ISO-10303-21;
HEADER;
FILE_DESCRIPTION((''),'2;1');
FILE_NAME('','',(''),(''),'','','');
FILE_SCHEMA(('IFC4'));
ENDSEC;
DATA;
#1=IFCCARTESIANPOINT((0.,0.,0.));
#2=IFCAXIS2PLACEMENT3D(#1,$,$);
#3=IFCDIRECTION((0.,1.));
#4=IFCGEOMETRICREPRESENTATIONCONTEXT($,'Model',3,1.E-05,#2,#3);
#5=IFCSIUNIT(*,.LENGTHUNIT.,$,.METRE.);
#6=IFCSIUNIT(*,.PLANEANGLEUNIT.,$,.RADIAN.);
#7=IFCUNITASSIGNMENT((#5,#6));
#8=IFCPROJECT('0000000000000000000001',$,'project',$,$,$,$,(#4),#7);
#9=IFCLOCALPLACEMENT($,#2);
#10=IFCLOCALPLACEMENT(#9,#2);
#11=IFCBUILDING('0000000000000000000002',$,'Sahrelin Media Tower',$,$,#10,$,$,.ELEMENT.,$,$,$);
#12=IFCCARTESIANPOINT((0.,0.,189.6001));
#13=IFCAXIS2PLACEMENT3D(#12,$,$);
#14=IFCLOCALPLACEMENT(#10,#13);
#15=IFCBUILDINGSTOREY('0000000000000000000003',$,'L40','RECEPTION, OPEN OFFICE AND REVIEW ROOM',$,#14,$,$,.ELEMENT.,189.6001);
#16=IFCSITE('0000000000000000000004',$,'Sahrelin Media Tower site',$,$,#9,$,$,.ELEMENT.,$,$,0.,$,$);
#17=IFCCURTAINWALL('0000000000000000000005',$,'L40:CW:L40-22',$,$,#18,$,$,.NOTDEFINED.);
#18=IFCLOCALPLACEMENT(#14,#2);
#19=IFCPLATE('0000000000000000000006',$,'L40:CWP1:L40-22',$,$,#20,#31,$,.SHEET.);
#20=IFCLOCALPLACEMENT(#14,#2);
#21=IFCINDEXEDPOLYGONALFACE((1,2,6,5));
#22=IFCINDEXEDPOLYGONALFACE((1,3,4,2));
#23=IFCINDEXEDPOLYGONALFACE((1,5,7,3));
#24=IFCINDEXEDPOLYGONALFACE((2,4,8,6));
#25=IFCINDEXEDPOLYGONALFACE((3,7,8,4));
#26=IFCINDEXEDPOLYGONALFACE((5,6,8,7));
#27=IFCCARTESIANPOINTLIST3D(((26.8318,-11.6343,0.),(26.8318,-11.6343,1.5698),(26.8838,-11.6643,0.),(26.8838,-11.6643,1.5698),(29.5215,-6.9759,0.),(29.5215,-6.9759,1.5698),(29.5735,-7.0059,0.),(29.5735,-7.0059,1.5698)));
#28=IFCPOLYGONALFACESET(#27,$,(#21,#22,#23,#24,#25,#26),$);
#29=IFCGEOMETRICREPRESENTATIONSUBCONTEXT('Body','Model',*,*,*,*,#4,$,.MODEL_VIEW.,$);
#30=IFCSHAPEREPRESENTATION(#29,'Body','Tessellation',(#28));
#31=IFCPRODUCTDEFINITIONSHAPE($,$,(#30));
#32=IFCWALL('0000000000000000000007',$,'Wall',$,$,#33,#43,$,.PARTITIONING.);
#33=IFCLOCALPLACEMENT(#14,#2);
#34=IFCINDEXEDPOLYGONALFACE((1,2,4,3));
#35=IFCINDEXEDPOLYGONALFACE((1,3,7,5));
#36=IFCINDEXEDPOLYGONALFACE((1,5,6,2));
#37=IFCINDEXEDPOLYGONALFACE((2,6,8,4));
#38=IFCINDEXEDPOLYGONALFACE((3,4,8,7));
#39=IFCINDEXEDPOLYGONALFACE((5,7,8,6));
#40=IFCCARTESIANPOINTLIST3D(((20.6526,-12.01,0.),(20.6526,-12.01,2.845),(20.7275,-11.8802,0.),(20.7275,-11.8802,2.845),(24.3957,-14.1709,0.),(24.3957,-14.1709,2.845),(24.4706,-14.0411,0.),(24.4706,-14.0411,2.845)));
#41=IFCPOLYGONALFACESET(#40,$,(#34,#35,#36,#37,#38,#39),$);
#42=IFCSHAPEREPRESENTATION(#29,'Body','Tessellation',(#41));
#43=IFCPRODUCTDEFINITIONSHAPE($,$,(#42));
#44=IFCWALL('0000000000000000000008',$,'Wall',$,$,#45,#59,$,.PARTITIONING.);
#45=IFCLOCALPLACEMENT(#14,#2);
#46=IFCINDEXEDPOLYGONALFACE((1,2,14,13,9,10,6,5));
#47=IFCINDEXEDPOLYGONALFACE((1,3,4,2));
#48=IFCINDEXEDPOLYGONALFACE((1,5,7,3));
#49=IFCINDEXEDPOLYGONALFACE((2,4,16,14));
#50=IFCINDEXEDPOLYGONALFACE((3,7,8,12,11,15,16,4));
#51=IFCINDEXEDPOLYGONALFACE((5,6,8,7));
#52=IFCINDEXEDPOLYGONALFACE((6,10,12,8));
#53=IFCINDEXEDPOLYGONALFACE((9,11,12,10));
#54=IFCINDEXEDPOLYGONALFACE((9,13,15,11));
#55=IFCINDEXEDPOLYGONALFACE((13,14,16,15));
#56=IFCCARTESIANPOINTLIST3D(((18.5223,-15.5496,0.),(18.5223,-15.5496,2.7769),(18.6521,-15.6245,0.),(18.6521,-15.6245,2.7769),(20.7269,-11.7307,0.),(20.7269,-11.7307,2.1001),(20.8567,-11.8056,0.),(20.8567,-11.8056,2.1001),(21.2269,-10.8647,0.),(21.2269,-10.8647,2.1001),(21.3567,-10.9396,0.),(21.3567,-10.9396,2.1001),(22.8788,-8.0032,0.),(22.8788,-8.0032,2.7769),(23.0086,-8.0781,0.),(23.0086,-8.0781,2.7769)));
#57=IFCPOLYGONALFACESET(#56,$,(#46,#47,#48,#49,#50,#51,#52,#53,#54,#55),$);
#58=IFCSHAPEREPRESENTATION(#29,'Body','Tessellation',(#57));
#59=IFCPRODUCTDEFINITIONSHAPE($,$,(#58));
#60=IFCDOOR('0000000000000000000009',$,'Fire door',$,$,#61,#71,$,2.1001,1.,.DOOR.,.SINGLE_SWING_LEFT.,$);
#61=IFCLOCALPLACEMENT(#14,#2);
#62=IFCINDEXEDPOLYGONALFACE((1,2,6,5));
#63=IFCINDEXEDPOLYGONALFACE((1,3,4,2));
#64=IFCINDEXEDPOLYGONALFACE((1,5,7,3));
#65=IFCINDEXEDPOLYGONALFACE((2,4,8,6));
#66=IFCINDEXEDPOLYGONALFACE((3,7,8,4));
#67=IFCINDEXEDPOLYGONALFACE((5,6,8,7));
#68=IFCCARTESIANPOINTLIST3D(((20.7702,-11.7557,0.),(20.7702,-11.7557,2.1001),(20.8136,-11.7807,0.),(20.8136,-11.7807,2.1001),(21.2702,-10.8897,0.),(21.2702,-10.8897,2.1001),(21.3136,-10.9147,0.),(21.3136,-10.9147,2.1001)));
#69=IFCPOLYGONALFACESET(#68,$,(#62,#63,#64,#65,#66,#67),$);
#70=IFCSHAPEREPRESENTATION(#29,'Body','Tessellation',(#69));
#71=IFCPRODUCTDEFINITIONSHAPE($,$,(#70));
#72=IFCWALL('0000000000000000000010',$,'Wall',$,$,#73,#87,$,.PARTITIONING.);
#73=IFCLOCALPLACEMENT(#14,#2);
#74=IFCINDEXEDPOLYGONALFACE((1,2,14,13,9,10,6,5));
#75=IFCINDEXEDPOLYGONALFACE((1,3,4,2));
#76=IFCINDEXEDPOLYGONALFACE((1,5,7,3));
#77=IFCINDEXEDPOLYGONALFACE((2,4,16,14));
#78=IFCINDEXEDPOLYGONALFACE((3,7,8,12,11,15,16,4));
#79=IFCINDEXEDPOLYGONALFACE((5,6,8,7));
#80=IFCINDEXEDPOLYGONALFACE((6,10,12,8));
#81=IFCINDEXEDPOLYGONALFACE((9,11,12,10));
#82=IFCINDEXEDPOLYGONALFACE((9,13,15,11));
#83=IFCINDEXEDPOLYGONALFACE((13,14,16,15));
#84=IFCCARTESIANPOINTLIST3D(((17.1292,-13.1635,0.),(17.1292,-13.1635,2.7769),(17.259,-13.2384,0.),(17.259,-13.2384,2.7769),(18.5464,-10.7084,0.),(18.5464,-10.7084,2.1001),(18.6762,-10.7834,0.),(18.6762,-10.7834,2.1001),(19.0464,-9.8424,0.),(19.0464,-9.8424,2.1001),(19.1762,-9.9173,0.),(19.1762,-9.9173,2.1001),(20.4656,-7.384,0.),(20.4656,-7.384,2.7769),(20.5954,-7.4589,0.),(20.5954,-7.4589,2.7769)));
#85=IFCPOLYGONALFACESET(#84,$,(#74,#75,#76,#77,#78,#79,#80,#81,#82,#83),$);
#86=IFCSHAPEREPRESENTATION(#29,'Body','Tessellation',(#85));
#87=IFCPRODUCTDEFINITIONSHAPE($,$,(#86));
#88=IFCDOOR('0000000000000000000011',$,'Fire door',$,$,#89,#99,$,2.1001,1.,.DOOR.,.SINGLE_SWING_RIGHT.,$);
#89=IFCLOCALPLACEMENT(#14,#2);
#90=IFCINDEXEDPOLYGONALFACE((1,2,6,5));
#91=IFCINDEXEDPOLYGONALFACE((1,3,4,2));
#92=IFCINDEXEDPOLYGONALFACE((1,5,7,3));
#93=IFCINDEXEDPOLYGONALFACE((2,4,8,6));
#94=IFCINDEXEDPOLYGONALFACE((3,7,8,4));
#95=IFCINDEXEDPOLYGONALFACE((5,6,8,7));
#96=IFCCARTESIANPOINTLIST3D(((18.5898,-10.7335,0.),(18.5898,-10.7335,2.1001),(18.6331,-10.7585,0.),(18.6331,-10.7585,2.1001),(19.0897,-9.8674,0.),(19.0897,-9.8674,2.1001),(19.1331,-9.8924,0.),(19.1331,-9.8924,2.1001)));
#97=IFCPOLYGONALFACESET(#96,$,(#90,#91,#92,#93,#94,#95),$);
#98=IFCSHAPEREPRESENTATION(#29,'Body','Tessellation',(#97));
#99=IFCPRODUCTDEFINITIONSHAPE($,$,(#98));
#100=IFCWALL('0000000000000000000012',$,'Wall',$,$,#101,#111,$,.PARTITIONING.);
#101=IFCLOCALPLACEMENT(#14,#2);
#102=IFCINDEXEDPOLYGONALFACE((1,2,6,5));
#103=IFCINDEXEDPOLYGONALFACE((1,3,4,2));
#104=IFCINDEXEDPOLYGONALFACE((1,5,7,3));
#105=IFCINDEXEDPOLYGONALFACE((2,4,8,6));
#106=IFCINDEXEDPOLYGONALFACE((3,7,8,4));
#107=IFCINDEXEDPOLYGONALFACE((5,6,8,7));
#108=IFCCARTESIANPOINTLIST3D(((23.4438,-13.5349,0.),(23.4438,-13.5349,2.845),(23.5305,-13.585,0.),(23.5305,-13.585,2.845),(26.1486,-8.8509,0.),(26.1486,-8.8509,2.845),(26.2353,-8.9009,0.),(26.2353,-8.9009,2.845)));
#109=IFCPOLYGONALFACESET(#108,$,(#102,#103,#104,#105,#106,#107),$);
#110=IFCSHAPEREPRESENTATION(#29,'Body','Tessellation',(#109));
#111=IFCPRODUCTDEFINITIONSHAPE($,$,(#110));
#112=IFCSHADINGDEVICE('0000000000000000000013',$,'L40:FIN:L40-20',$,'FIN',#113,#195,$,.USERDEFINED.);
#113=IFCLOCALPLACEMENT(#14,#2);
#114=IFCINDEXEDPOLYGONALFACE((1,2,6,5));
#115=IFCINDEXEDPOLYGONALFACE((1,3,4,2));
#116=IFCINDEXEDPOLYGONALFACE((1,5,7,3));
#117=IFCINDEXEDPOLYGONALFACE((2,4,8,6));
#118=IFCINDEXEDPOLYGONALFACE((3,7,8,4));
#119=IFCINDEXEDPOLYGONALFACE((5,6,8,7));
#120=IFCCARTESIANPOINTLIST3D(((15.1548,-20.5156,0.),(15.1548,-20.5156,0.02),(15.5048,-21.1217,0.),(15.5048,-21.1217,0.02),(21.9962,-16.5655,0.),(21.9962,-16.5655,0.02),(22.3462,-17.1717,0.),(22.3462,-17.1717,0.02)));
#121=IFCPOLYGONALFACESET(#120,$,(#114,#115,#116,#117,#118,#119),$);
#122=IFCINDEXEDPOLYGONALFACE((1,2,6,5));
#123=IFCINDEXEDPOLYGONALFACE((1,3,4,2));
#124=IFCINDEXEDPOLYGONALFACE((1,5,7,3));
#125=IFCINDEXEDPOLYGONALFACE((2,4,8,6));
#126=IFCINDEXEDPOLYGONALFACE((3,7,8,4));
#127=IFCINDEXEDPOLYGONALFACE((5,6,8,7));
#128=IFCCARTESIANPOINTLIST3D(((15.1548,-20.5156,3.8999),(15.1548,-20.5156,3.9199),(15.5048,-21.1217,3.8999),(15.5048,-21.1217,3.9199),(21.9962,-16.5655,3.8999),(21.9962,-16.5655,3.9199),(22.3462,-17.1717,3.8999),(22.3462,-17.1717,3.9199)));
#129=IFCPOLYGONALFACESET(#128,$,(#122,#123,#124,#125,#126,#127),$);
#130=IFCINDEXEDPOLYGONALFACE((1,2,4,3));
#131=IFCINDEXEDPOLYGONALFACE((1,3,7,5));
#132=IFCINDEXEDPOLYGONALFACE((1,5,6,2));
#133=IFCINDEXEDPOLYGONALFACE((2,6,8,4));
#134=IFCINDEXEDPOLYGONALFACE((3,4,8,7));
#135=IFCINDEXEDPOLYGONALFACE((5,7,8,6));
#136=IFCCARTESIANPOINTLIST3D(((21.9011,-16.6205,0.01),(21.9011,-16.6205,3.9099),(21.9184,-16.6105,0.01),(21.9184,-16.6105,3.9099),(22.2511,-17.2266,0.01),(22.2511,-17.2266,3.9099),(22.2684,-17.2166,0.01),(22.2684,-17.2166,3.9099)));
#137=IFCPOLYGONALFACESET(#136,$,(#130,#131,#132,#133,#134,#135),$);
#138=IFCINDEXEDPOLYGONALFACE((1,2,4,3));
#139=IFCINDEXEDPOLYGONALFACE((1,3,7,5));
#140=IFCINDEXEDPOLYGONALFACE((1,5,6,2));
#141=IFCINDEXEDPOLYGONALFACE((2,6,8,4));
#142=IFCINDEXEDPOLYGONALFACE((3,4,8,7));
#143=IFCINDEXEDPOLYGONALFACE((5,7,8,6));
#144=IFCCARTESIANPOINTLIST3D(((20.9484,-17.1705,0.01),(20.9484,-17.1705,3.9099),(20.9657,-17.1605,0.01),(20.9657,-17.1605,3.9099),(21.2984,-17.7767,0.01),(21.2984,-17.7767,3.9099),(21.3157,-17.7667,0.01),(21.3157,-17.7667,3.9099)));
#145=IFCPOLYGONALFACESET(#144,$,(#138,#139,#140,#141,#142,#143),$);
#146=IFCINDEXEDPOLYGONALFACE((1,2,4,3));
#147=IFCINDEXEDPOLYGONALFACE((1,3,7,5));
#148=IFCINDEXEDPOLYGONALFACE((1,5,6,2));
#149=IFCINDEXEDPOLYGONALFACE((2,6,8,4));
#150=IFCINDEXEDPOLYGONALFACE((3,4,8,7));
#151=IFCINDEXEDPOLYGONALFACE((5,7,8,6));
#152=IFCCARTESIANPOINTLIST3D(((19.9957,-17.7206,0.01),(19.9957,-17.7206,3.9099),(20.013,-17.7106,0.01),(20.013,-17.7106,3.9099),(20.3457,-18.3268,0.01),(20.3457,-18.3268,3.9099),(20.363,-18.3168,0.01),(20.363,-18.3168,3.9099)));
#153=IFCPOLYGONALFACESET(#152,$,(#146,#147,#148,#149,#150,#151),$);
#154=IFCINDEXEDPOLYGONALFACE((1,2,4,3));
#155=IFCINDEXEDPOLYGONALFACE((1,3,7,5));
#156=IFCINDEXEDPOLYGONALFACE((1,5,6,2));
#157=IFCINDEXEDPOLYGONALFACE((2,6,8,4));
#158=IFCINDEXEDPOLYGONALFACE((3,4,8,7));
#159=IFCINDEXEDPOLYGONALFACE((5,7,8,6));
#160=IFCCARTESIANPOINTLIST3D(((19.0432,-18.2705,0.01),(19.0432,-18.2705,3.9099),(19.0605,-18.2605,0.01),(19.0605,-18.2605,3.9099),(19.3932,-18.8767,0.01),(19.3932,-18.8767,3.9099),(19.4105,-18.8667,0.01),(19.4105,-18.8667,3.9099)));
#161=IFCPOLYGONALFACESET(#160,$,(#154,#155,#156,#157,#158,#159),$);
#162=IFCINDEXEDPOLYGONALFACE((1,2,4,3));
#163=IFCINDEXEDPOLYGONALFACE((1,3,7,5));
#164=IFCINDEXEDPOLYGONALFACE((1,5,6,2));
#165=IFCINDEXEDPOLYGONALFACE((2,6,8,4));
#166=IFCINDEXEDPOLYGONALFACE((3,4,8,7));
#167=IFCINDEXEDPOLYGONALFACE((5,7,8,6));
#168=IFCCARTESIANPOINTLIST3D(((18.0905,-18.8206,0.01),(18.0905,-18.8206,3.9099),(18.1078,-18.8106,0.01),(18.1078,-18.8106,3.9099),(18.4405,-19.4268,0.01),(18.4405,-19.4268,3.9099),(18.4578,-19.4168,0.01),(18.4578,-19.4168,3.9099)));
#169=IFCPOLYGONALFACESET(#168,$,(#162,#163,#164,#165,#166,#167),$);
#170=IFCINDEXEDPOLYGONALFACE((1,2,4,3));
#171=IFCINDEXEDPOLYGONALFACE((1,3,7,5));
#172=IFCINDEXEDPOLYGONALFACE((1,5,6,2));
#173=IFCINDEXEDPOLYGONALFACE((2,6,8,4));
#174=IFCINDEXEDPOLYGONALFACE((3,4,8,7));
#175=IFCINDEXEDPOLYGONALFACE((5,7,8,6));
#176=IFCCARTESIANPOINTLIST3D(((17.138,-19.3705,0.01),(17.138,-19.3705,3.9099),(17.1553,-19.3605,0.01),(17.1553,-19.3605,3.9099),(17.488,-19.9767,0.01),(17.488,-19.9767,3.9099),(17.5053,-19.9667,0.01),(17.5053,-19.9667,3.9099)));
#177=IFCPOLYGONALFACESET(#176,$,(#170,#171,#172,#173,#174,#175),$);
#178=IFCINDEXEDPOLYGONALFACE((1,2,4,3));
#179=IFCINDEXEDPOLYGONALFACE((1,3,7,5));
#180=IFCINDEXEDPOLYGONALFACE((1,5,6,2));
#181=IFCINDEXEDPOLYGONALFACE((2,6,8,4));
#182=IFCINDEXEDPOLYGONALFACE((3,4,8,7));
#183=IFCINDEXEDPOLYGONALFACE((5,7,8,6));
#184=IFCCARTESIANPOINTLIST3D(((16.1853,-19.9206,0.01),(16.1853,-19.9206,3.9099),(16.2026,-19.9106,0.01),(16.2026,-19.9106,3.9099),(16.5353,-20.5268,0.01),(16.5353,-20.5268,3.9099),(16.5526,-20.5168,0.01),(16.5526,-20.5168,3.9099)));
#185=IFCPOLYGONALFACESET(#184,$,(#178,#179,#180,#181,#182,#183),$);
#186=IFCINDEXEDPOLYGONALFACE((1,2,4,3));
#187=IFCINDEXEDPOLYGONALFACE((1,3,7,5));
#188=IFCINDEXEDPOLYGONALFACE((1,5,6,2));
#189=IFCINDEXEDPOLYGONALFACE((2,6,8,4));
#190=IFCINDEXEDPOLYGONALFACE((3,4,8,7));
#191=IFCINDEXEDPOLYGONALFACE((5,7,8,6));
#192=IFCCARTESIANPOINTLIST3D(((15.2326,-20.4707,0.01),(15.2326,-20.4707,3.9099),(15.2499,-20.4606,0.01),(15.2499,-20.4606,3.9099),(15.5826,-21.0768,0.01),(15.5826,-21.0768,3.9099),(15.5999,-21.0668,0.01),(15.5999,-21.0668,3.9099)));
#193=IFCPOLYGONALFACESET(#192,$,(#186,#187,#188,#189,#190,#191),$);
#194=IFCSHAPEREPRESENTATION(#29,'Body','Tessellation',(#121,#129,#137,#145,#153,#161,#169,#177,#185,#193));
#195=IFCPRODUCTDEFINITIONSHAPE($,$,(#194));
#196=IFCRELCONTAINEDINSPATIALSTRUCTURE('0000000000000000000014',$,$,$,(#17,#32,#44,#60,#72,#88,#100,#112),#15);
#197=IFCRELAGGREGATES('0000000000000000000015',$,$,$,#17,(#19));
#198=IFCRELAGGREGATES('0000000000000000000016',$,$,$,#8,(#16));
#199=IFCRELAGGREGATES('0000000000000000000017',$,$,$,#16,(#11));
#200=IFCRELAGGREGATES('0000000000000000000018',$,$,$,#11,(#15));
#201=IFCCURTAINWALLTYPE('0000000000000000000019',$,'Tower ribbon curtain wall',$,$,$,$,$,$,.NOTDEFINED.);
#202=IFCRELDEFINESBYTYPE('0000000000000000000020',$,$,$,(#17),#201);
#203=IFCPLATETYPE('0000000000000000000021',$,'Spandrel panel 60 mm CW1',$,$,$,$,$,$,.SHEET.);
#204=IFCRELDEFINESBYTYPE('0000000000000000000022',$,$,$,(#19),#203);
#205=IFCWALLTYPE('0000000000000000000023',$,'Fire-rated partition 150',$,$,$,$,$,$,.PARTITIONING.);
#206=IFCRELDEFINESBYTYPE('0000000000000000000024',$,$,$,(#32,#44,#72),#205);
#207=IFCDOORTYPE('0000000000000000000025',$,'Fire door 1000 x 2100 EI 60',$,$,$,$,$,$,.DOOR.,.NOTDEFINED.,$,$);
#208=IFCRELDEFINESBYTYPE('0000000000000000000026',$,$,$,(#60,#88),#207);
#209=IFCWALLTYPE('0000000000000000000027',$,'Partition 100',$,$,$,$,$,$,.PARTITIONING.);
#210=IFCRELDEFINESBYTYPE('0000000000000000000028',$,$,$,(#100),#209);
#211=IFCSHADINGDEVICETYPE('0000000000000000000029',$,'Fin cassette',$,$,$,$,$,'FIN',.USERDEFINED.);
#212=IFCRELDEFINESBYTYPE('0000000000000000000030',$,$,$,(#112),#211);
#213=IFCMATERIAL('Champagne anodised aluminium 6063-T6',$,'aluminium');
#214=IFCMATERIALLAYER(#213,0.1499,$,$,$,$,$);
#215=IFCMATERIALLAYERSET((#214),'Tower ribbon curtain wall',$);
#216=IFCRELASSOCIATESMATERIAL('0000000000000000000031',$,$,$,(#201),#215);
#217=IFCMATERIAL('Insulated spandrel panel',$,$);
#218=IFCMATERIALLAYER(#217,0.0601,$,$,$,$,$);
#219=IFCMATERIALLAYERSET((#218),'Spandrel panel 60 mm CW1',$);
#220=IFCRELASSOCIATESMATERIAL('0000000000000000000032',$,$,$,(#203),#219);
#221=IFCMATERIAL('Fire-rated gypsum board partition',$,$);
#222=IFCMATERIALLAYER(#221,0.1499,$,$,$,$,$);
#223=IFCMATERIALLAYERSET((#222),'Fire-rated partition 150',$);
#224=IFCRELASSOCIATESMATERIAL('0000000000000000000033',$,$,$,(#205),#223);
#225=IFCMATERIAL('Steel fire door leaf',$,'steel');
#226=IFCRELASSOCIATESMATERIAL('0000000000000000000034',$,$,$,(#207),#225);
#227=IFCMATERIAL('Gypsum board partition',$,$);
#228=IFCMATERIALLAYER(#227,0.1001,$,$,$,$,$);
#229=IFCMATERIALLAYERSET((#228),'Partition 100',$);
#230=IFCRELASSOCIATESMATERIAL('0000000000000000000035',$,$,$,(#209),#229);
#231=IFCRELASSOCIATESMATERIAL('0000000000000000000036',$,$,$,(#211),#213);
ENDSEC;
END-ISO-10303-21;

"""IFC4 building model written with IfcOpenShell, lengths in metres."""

from ifc_helpers import new_model, si_unit, direction, frame, frame_2d, origin, origin_2d, place, context, subcontext, project, spatial, polyline, rectangle, outline, extrude, material, layer, layer_set, type_object, element, fill, aggregate, save


model = new_model("IFC4")

# Units and contexts
model_context = context("Model", 3, precision=1e-05, world=origin(), true_north=direction((0.0, 1.0)))
body_context = subcontext(model_context, "Body", "Model", "MODEL_VIEW")
ifc_project = project(units=[si_unit("LENGTHUNIT", "METRE"), si_unit("PLANEANGLEUNIT", "RADIAN")], contexts=[model_context])

# Site, building, storey
site_placement = place(None, origin())
site = spatial("IfcSite", under=ifc_project, at=site_placement, Name="Sahrelin Media Tower site", CompositionType="ELEMENT", RefElevation=0.0)
building_placement = place(site_placement, origin())
building = spatial("IfcBuilding", under=site, at=building_placement, Name="Sahrelin Media Tower", CompositionType="ELEMENT")
storey_placement = place(building_placement, frame((0.0, 0.0, 189.6001)))
storey = spatial("IfcBuildingStorey", under=building, at=storey_placement, Name="L40", Description="RECEPTION, OPEN OFFICE AND REVIEW ROOM", CompositionType="ELEMENT", Elevation=189.6001)

# Shared definitions
ifc_material_1 = material(Name="Champagne anodised aluminium 6063-T6", Category="aluminium")
ifc_layer_1 = layer(ifc_material_1, 0.1499)
ifc_layer_set_1 = layer_set([ifc_layer_1], Name="Tower ribbon curtain wall")
curtain_wall_type = type_object("IfcCurtainWallType", Name="Tower ribbon curtain wall", PredefinedType="NOTDEFINED", material=ifc_layer_set_1)

# Curtain wall
curtain_wall_1_placement = place(storey_placement, frame((28.2114, -9.325, 0.0), z_axis=(0.0, 0.0, 1.0), x_axis=(1.0, 0.0, 0.0)))
curtain_wall_1 = element("IfcCurtainWall", 1, at=curtain_wall_1_placement, inside=storey, type_object=curtain_wall_type, Name="L40:CW:L40-22", PredefinedType="NOTDEFINED")

# Plate
ifc_material_2 = material(Name="Insulated spandrel panel")
ifc_layer_2 = layer(ifc_material_2, 0.0601)
ifc_layer_set_2 = layer_set([ifc_layer_2], Name="Spandrel panel 60 mm CW1")
plate_type_1 = type_object("IfcPlateType", Name="Spandrel panel 60 mm CW1", PredefinedType="SHEET", material=ifc_layer_set_2)
plate_1_placement = place(storey_placement, frame((26.8838, -11.6643, 0.0), z_axis=(0.866014, -0.50002, 0.0), x_axis=(0.50002, 0.866014, 0.0)))
plate_1 = element("IfcPlate", 2, at=plate_1_placement, type_object=plate_type_1, Name="L40:CWP1:L40-22", PredefinedType="SHEET", context=body_context, shape_type="SweptSolid", body=[
    extrude(outline(polyline([(0.0, 0.0), (5.3792, 0.0), (5.3792, 1.5698), (0.0, 1.5698), (0.0, 0.0)])), origin(), (0.0, 0.0, -1.0), 0.0601),
])
aggregate(curtain_wall_1, [plate_1])

# Wall
ifc_material_3 = material(Name="Fire-rated gypsum board partition")
ifc_layer_3 = layer(ifc_material_3, 0.1499)
ifc_layer_set_3 = layer_set([ifc_layer_3], Name="Fire-rated partition 150")
wall_type_1 = type_object("IfcWallType", Name="Fire-rated partition 150", PredefinedType="PARTITIONING", material=ifc_layer_set_3)
wall_1_placement = place(storey_placement, frame((20.6899, -11.9451, 0.0), z_axis=(0.0, 0.0, 1.0), x_axis=(0.866048, -0.49996, 0.0)))
element("IfcWall", 3, at=wall_1_placement, inside=storey, type_object=wall_type_1, Name="Wall", PredefinedType="PARTITIONING", context=body_context, shape_type="SweptSolid", body=[
    extrude(rectangle(XDim=4.322, YDim=0.1499, at=frame_2d((2.1611, 0.0))), origin(), (0.0, 0.0, 1.0), 2.845),
])

# Walls, openings, doors
wall_2_placement = place(storey_placement, frame((18.5872, -15.5872, 0.0), z_axis=(0.0, 0.0, 1.0), x_axis=(0.49996, 0.866048, 0.0)))
wall_2 = element("IfcWall", 4, at=wall_2_placement, inside=storey, type_object=wall_type_1, Name="Wall", PredefinedType="PARTITIONING", context=body_context, shape_type="SweptSolid", body=[
    extrude(rectangle(XDim=8.7136, YDim=0.1499, at=frame_2d((4.3569, 0.0))), origin(), (0.0, 0.0, 1.0), 2.7769),
])
opening_1_placement = place(wall_2_placement, frame((4.4097, 0.0, 0.0)))
opening_1 = element("IfcOpeningElement", 5, at=opening_1_placement, cuts=wall_2, PredefinedType="OPENING", context=body_context, shape_type="SweptSolid", body=[
    extrude(rectangle(XDim=1.0, YDim=2.1001, at=frame_2d((0.5, 1.05))), frame((0.0, 0.075, 0.0), z_axis=(0.0, -1.0, 0.0), x_axis=(1.0, 0.0, 0.0)), (0.0, 0.0, 1.0), 0.1499),
])
ifc_material_4 = material(Name="Steel fire door leaf", Category="steel")
door_type = type_object("IfcDoorType", Name="Fire door 1000 x 2100 EI 60", OperationType="NOTDEFINED", PredefinedType="DOOR", material=ifc_material_4)
door_1_placement = place(opening_1_placement, origin())
door_1 = element("IfcDoor", 6, at=door_1_placement, inside=storey, type_object=door_type, Name="Fire door", OperationType="SINGLE_SWING_LEFT", OverallHeight=2.1001, OverallWidth=1.0, PredefinedType="DOOR", context=body_context, shape_type="SweptSolid", body=[
    extrude(rectangle(XDim=1.0, YDim=2.1001, at=frame_2d((0.5, 1.05))), frame((0.0, 0.0249, 0.0), z_axis=(0.0, -1.0, 0.0), x_axis=(1.0, 0.0, 0.0)), (0.0, 0.0, 1.0), 0.05),
])
fill(opening_1, door_1)
wall_3_placement = place(storey_placement, frame((17.1941, -13.2009, 0.0), z_axis=(0.0, 0.0, 1.0), x_axis=(0.499956, 0.866051, 0.0)))
wall_3 = element("IfcWall", 7, at=wall_3_placement, inside=storey, type_object=wall_type_1, Name="Wall", PredefinedType="PARTITIONING", context=body_context, shape_type="SweptSolid", body=[
    extrude(rectangle(XDim=6.6733, YDim=0.1499, at=frame_2d((3.3367, 0.0))), origin(), (0.0, 0.0, 1.0), 2.7769),
])
opening_2_placement = place(wall_3_placement, frame((2.8347, 0.0, 0.0)))
opening_2 = element("IfcOpeningElement", 8, at=opening_2_placement, cuts=wall_3, PredefinedType="OPENING", context=body_context, shape_type="SweptSolid", body=[
    extrude(rectangle(XDim=1.0, YDim=2.1001, at=frame_2d((0.5, 1.05))), frame((0.0, 0.075, 0.0), z_axis=(0.0, -1.0, 0.0), x_axis=(1.0, 0.0, 0.0)), (0.0, 0.0, 1.0), 0.1499),
])
door_2_placement = place(opening_2_placement, origin())
door_2 = element("IfcDoor", 9, at=door_2_placement, inside=storey, type_object=door_type, Name="Fire door", OperationType="SINGLE_SWING_RIGHT", OverallHeight=2.1001, OverallWidth=1.0, PredefinedType="DOOR", context=body_context, shape_type="SweptSolid", body=[
    extrude(rectangle(XDim=1.0, YDim=2.1001, at=frame_2d((0.5, 1.05))), frame((0.0, 0.0249, 0.0), z_axis=(0.0, -1.0, 0.0), x_axis=(1.0, 0.0, 0.0)), (0.0, 0.0, 1.0), 0.05),
])
fill(opening_2, door_2)

# Wall
ifc_material_5 = material(Name="Gypsum board partition")
ifc_layer_4 = layer(ifc_material_5, 0.1001)
ifc_layer_set_4 = layer_set([ifc_layer_4], Name="Partition 100")
wall_type_2 = type_object("IfcWallType", Name="Partition 100", PredefinedType="PARTITIONING", material=ifc_layer_set_4)
wall_4_placement = place(storey_placement, frame((23.4871, -13.5601, 0.0), z_axis=(0.0, 0.0, 1.0), x_axis=(0.500066, 0.865987, 0.0)))
element("IfcWall", 10, at=wall_4_placement, inside=storey, type_object=wall_type_2, Name="Wall", PredefinedType="PARTITIONING", context=body_context, shape_type="SweptSolid", body=[
    extrude(rectangle(XDim=5.4089, YDim=0.1001, at=frame_2d((2.7046, 0.0))), origin(), (0.0, 0.0, 1.0), 2.845),
])

# Shading device
shading_device_type_1 = type_object("IfcShadingDeviceType", Name="Fin cassette", ElementType="FIN", PredefinedType="USERDEFINED", material=ifc_material_1)
placement_1 = place(storey_placement, frame((18.5405, -18.48, 0.0), z_axis=(0.0, 0.0, 1.0), x_axis=(-0.866019, -0.500011, 0.0)))
element("IfcShadingDevice", 11, at=placement_1, inside=storey, type_object=shading_device_type_1, Name="L40:FIN:L40-20", ObjectType="FIN", PredefinedType="USERDEFINED", context=body_context, shape_type="SweptSolid", body=[
    extrude(rectangle(XDim=7.8999, YDim=0.7, at=origin_2d()), frame((0.0, 0.4199, 0.0)), (0.0, 0.0, 1.0), 0.02),
    extrude(rectangle(XDim=7.8999, YDim=0.7, at=origin_2d()), frame((0.0, 0.4199, 3.8999)), (0.0, 0.0, 1.0), 0.02),
    extrude(rectangle(XDim=0.02, YDim=0.7, at=origin_2d()), frame((-3.8501, 0.4199, 0.01), z_axis=(0.0, 0.0, 1.0), x_axis=(1.0, 0.0, 0.0)), (0.0, 0.0, 1.0), 3.8999),
    extrude(rectangle(XDim=0.02, YDim=0.7, at=origin_2d()), frame((-2.75, 0.4199, 0.01), z_axis=(0.0, 0.0, 1.0), x_axis=(1.0, 0.0, 0.0)), (0.0, 0.0, 1.0), 3.8999),
    extrude(rectangle(XDim=0.02, YDim=0.7, at=origin_2d()), frame((-1.6499, 0.4199, 0.01), z_axis=(0.0, 0.0, 1.0), x_axis=(1.0, 0.0, 0.0)), (0.0, 0.0, 1.0), 3.8999),
    extrude(rectangle(XDim=0.02, YDim=0.7, at=origin_2d()), frame((-0.55, 0.4199, 0.01), z_axis=(0.0, 0.0, 1.0), x_axis=(1.0, 0.0, 0.0)), (0.0, 0.0, 1.0), 3.8999),
    extrude(rectangle(XDim=0.02, YDim=0.7, at=origin_2d()), frame((0.55, 0.4199, 0.01), z_axis=(0.0, 0.0, 1.0), x_axis=(1.0, 0.0, 0.0)), (0.0, 0.0, 1.0), 3.8999),
    extrude(rectangle(XDim=0.02, YDim=0.7, at=origin_2d()), frame((1.6499, 0.4199, 0.01), z_axis=(0.0, 0.0, 1.0), x_axis=(1.0, 0.0, 0.0)), (0.0, 0.0, 1.0), 3.8999),
    extrude(rectangle(XDim=0.02, YDim=0.7, at=origin_2d()), frame((2.75, 0.4199, 0.01), z_axis=(0.0, 0.0, 1.0), x_axis=(1.0, 0.0, 0.0)), (0.0, 0.0, 1.0), 3.8999),
    extrude(rectangle(XDim=0.02, YDim=0.7, at=origin_2d()), frame((3.8501, 0.4199, 0.01), z_axis=(0.0, 0.0, 1.0), x_axis=(1.0, 0.0, 0.0)), (0.0, 0.0, 1.0), 3.8999),
])

save(model, "model.ifc")
